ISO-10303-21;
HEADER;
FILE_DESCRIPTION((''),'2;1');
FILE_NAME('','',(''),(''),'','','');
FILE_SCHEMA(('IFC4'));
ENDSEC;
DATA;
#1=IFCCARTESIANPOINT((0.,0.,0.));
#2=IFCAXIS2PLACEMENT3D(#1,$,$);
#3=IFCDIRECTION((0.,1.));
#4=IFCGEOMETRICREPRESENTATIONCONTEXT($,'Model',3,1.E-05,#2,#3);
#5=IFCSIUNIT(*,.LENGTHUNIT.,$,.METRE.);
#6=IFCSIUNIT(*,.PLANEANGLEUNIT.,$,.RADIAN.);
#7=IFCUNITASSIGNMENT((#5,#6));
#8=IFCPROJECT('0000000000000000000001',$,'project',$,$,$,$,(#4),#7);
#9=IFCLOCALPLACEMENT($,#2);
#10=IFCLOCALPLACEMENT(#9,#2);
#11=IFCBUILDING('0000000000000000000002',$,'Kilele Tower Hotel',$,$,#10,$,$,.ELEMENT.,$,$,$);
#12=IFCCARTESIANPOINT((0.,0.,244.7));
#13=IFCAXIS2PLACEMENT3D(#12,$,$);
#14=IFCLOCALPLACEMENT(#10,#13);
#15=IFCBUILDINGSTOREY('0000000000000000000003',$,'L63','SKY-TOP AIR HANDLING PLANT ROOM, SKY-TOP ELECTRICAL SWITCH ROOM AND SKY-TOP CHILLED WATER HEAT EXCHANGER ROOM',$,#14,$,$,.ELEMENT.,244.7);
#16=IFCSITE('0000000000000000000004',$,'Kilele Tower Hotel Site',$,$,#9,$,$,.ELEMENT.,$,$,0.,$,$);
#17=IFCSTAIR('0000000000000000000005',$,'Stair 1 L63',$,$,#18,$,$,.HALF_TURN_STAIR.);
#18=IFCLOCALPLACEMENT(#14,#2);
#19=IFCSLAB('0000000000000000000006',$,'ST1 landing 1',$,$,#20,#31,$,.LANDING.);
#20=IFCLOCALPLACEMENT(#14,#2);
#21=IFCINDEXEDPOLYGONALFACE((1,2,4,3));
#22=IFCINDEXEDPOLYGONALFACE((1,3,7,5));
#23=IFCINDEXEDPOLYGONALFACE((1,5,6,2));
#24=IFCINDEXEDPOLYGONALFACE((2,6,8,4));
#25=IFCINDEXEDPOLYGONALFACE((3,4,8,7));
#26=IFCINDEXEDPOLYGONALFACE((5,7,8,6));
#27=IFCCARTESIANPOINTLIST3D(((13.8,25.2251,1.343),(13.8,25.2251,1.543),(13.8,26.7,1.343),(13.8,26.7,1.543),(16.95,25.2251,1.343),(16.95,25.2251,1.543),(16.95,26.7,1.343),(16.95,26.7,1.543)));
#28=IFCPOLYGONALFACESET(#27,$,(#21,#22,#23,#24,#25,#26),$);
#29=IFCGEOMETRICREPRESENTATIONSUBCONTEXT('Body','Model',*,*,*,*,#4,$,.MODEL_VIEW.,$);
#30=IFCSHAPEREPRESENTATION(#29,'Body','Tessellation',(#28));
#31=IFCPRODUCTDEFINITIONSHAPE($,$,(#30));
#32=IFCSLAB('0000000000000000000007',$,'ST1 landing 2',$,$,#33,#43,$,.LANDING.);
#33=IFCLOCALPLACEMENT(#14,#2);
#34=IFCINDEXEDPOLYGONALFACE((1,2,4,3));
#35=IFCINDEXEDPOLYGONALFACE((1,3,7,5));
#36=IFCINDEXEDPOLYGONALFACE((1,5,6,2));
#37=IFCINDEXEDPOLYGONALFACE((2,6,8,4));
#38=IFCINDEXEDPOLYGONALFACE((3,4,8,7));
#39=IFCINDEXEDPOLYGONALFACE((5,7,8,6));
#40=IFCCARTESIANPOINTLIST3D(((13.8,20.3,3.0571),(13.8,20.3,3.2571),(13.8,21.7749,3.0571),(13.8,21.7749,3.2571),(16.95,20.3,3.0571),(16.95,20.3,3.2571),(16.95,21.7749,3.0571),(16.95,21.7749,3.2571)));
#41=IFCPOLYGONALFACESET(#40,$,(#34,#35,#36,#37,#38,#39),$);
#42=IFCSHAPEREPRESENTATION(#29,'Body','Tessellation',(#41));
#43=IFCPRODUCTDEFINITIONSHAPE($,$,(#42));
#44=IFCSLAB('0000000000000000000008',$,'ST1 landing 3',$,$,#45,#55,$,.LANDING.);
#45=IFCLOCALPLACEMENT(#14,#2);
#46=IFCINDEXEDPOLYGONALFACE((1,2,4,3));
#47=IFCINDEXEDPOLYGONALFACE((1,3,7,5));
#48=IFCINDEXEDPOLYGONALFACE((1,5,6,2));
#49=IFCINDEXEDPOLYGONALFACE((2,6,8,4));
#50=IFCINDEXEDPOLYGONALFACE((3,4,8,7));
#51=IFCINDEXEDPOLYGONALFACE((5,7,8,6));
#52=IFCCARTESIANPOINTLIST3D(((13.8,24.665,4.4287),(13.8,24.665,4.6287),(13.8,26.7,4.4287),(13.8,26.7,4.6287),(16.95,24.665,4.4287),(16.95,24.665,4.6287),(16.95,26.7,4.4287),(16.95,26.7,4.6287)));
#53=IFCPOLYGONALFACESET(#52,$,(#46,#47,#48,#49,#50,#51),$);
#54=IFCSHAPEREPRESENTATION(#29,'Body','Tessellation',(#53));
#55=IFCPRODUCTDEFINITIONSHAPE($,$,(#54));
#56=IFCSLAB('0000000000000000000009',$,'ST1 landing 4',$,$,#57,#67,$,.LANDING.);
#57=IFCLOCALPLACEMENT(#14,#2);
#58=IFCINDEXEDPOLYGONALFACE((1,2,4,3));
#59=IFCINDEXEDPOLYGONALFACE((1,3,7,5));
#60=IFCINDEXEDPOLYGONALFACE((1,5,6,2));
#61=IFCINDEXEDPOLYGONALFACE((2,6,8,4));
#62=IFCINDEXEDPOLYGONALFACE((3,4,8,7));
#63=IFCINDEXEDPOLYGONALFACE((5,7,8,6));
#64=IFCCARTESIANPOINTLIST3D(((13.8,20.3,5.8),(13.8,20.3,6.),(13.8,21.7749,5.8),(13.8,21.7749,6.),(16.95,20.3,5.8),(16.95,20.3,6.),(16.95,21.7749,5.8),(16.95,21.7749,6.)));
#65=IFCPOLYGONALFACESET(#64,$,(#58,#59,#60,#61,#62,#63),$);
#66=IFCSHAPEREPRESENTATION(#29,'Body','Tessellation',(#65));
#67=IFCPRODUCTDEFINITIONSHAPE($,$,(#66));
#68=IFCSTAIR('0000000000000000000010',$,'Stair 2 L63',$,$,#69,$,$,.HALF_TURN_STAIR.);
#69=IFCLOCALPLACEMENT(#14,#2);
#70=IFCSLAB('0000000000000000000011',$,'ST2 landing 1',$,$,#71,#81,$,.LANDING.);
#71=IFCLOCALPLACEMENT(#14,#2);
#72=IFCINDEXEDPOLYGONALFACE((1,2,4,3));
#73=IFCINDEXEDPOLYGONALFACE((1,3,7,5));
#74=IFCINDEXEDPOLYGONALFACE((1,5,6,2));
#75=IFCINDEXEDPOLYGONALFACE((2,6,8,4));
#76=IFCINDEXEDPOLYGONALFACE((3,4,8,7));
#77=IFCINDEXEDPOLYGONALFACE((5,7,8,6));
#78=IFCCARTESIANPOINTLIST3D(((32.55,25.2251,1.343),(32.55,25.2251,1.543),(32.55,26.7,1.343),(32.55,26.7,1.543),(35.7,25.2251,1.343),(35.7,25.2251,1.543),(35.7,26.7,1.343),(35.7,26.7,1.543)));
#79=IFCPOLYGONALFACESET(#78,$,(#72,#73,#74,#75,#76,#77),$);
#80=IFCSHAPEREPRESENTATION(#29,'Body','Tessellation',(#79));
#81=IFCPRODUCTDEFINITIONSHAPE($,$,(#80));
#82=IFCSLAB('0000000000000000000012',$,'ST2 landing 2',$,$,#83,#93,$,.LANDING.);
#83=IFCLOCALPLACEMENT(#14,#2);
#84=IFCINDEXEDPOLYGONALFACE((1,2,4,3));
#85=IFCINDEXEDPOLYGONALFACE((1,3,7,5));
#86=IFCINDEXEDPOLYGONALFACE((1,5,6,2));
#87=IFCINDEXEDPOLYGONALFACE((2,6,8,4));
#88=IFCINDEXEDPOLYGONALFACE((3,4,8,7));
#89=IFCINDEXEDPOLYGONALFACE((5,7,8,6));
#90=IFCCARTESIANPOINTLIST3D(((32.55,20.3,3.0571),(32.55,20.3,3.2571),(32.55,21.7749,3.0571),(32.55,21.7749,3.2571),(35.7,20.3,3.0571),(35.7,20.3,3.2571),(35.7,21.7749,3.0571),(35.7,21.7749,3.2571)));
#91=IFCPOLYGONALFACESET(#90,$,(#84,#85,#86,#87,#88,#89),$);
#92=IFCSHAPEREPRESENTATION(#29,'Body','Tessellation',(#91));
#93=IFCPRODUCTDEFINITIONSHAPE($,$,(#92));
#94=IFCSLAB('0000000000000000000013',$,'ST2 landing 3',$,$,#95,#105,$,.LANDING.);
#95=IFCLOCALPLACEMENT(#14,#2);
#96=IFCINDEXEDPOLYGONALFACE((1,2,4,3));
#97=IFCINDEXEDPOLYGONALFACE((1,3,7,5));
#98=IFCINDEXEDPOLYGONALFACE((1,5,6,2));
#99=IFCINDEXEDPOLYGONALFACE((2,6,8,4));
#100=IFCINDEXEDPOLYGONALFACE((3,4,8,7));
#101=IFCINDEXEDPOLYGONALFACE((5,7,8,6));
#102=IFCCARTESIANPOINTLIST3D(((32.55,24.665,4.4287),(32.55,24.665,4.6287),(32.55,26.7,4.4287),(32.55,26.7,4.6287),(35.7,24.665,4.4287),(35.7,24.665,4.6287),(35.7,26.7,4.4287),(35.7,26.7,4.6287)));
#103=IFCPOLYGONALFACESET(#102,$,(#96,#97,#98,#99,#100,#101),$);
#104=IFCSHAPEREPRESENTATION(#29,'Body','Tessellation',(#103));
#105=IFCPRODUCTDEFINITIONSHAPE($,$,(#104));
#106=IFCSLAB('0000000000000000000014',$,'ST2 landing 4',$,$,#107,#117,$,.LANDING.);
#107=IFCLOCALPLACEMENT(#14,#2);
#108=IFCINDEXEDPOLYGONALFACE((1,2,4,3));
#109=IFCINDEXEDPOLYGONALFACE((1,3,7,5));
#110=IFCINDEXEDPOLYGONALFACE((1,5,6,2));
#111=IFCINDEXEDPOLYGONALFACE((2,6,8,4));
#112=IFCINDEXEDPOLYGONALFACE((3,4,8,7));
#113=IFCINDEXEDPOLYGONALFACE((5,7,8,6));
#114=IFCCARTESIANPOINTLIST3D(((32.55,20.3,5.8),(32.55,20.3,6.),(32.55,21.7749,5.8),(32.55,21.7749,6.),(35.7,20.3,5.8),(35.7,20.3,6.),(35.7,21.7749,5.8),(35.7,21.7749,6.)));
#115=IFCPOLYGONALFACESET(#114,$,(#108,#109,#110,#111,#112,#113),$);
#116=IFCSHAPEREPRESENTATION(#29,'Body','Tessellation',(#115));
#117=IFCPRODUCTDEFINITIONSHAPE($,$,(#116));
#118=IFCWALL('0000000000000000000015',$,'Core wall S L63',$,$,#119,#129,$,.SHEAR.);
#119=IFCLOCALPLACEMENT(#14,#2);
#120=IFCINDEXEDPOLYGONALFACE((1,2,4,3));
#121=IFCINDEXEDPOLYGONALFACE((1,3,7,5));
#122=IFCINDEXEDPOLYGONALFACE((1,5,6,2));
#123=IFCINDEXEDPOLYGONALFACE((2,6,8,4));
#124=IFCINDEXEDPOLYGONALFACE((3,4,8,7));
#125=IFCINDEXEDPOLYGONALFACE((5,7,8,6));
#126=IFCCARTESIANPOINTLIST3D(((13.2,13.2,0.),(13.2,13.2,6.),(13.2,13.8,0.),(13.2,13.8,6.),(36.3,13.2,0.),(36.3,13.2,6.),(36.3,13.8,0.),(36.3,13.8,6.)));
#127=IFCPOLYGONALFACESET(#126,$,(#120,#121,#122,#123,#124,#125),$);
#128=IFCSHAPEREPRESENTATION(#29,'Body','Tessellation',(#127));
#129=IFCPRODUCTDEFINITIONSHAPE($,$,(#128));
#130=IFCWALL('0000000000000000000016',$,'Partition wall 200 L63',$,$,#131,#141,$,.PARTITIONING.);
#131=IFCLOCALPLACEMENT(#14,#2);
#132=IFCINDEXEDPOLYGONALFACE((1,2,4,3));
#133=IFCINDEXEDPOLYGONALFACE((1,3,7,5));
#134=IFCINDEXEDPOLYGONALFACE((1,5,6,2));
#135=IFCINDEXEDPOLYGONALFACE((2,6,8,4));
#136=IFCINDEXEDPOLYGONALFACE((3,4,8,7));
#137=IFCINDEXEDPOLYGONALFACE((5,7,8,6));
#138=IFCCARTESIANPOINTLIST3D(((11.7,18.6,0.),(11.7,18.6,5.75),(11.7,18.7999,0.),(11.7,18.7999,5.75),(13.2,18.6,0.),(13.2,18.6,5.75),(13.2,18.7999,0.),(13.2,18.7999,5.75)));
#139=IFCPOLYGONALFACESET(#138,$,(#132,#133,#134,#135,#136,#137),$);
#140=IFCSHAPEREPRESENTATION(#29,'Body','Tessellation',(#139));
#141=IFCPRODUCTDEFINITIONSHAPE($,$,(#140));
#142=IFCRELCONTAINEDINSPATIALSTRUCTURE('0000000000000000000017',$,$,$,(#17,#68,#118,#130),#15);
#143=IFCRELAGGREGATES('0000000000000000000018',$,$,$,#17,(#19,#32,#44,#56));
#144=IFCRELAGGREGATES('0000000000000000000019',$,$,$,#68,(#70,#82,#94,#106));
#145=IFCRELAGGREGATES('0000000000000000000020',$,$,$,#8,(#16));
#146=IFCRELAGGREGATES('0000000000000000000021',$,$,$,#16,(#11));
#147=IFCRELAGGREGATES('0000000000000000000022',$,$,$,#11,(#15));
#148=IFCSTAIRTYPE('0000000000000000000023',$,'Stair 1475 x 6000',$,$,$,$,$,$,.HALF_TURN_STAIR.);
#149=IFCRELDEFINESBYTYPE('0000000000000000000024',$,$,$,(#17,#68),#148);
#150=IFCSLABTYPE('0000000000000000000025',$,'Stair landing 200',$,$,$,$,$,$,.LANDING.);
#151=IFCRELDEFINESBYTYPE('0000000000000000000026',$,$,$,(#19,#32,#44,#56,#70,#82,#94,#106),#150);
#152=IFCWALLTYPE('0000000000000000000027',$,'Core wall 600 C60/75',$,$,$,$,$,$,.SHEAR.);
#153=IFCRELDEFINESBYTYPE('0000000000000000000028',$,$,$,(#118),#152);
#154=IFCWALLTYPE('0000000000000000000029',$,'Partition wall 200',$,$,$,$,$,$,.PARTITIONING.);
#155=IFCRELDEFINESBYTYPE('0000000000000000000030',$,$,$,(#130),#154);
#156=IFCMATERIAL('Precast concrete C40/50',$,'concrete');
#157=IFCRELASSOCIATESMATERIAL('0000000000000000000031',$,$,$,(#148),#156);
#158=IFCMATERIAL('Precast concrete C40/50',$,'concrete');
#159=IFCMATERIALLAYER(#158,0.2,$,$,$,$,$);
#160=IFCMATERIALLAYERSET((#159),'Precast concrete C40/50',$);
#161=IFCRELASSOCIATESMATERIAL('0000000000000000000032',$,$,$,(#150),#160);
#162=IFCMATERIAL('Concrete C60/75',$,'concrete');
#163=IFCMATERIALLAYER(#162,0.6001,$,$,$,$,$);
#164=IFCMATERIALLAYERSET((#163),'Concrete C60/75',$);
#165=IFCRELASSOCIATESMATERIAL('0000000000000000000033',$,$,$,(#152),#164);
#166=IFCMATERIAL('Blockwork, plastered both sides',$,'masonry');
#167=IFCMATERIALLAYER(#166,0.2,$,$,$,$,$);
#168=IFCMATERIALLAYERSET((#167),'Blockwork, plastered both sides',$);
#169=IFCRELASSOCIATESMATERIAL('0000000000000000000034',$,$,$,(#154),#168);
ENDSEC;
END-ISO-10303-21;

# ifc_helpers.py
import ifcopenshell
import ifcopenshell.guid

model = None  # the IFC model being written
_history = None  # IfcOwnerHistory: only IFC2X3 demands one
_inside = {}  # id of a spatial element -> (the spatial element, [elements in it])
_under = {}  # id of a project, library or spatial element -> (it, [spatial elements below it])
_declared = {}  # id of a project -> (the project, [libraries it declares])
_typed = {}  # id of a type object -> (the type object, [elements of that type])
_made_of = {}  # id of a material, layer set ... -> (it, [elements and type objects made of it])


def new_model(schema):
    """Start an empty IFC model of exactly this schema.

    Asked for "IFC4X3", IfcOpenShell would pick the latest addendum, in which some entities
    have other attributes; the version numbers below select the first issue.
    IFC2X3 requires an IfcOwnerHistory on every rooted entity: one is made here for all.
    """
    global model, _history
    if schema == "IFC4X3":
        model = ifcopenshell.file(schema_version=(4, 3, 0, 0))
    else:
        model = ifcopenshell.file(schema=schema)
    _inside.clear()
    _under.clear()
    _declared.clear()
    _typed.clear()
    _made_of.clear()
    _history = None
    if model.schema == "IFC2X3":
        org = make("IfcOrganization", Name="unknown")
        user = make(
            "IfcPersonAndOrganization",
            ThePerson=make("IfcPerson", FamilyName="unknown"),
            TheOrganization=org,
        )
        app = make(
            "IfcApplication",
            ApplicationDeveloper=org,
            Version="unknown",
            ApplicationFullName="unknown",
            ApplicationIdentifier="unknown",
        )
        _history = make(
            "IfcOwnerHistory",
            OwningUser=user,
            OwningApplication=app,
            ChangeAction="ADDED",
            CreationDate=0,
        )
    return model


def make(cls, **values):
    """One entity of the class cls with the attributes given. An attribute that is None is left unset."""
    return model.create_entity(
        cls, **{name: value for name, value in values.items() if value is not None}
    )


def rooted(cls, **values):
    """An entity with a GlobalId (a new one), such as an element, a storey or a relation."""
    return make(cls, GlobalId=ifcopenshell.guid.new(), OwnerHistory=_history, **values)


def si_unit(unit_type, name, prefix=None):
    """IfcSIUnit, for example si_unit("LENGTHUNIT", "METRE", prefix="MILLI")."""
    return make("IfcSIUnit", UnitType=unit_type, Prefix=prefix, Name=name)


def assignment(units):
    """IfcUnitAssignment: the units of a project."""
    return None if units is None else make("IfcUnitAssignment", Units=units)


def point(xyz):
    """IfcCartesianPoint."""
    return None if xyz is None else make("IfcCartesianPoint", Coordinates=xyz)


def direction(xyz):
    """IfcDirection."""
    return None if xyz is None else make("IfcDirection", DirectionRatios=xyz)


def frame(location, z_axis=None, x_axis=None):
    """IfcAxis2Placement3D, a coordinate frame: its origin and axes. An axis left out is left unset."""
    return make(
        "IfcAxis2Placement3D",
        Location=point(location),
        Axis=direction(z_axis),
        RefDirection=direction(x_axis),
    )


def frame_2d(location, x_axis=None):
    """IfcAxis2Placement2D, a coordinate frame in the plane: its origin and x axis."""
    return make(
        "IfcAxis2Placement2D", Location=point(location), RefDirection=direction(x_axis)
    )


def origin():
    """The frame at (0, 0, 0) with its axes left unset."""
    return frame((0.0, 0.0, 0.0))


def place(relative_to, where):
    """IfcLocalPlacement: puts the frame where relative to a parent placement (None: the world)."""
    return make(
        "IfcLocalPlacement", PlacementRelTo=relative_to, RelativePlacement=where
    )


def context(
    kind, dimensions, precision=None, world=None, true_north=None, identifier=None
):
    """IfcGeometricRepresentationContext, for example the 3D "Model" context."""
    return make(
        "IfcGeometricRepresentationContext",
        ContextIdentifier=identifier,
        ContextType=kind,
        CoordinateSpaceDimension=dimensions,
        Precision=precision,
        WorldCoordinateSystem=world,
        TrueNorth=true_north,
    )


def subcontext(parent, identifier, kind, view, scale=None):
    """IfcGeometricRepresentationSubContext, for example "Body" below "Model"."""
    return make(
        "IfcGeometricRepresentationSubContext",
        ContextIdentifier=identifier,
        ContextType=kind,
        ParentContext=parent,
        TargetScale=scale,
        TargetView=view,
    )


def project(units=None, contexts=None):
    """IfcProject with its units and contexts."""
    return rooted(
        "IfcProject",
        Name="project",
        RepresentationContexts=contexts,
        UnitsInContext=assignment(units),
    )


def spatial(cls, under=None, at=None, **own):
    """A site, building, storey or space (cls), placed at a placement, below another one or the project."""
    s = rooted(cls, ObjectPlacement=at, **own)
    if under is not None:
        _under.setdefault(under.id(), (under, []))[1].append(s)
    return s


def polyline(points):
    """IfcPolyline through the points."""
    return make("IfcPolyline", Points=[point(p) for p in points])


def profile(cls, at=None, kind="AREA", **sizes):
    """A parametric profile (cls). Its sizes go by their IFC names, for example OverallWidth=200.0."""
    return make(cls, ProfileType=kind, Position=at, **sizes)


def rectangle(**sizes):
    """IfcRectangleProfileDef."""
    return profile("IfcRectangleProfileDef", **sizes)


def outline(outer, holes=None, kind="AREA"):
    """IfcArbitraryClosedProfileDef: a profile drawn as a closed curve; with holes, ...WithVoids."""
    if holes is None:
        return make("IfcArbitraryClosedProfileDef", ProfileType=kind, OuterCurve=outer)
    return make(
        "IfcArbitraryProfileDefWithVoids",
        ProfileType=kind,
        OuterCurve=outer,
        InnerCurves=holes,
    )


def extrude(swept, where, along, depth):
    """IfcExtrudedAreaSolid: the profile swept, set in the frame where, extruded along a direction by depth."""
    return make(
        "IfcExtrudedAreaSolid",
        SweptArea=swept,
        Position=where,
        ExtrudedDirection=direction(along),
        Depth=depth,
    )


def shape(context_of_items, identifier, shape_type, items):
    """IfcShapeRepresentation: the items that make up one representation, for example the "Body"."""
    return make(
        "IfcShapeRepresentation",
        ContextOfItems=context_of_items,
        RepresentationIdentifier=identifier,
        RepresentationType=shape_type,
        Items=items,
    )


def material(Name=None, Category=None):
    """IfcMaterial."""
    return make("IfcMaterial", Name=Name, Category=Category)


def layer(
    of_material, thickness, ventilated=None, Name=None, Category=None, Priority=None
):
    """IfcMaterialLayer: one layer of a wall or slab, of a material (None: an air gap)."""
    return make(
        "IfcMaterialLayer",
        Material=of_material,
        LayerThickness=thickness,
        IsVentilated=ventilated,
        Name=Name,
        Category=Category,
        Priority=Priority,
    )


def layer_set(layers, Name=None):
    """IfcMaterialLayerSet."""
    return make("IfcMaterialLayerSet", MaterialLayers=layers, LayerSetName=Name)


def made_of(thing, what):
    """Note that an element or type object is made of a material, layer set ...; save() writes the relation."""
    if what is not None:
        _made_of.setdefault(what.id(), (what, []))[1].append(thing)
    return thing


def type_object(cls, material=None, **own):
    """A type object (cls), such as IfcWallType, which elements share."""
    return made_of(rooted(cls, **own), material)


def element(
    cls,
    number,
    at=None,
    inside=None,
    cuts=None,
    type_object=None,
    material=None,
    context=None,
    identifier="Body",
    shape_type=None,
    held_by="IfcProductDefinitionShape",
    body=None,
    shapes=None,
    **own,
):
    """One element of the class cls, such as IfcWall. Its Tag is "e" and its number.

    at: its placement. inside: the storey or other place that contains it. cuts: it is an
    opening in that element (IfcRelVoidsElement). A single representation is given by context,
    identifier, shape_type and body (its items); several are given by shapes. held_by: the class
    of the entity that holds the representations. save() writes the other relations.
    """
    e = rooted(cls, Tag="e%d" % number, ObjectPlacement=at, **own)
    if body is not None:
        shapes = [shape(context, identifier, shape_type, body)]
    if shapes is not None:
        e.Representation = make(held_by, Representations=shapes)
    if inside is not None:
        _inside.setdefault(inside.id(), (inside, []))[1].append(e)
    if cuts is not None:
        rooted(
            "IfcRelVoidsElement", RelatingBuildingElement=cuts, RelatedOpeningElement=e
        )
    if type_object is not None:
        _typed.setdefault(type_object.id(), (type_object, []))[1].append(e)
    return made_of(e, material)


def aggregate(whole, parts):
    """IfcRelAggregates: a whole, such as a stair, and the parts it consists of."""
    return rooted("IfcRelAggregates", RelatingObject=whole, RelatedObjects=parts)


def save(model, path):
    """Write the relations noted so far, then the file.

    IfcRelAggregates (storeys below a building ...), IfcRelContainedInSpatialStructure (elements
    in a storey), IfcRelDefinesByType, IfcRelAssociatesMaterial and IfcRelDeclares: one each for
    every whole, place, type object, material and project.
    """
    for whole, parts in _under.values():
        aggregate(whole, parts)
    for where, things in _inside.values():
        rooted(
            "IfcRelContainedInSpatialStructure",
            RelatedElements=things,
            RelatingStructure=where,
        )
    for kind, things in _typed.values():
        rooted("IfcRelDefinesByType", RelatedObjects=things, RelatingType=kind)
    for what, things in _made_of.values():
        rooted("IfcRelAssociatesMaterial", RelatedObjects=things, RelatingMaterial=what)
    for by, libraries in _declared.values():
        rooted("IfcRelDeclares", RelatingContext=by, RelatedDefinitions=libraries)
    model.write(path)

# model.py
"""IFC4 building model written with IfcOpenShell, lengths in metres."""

from ifc_helpers import new_model, si_unit, direction, frame, frame_2d, origin, place, context, subcontext, project, spatial, polyline, rectangle, outline, extrude, material, layer, layer_set, type_object, element, aggregate, save


model = new_model("IFC4")

# Units and contexts
model_context = context("Model", 3, precision=1e-05, world=origin(), true_north=direction((0.0, 1.0)))
body_context = subcontext(model_context, "Body", "Model", "MODEL_VIEW")
ifc_project = project(units=[si_unit("LENGTHUNIT", "METRE"), si_unit("PLANEANGLEUNIT", "RADIAN")], contexts=[model_context])

# Site, building, storey
site_placement = place(None, origin())
site = spatial("IfcSite", under=ifc_project, at=site_placement, Name="Kilele Tower Hotel Site", CompositionType="ELEMENT", RefElevation=0.0)
building_placement = place(site_placement, origin())
building = spatial("IfcBuilding", under=site, at=building_placement, Name="Kilele Tower Hotel", CompositionType="ELEMENT")
storey_placement = place(building_placement, frame((0.0, 0.0, 244.7)))
storey = spatial("IfcBuildingStorey", under=building, at=storey_placement, Name="L63", Description="SKY-TOP AIR HANDLING PLANT ROOM, SKY-TOP ELECTRICAL SWITCH ROOM AND SKY-TOP CHILLED WATER HEAT EXCHANGER ROOM", CompositionType="ELEMENT", Elevation=244.7)

# Stairs, slabs
ifc_material_1 = material(Name="Precast concrete C40/50", Category="concrete")
stair_type = type_object("IfcStairType", Name="Stair 1475 x 6000", PredefinedType="HALF_TURN_STAIR", material=ifc_material_1)
stair_1_placement = place(storey_placement, origin())
stair_1 = element("IfcStair", 1, at=stair_1_placement, inside=storey, type_object=stair_type, Name="Stair 1 L63", PredefinedType="HALF_TURN_STAIR")
ifc_material_2 = material(Name="Precast concrete C40/50", Category="concrete")
ifc_layer_1 = layer(ifc_material_2, 0.2)
ifc_layer_set_1 = layer_set([ifc_layer_1], Name="Precast concrete C40/50")
slab_type_1 = type_object("IfcSlabType", Name="Stair landing 200", PredefinedType="LANDING", material=ifc_layer_set_1)
slab_1_placement = place(storey_placement, frame((0.0, 0.0, 1.343)))
slab_1 = element("IfcSlab", 2, at=slab_1_placement, type_object=slab_type_1, Name="ST1 landing 1", PredefinedType="LANDING", context=body_context, shape_type="SweptSolid", body=[
    extrude(outline(polyline([(13.8, 25.2251), (16.95, 25.2251), (16.95, 26.7), (13.8, 26.7), (13.8, 25.2251)])), origin(), (0.0, 0.0, 1.0), 0.2),
])
slab_2_placement = place(storey_placement, frame((0.0, 0.0, 3.0571)))
slab_2 = element("IfcSlab", 3, at=slab_2_placement, type_object=slab_type_1, Name="ST1 landing 2", PredefinedType="LANDING", context=body_context, shape_type="SweptSolid", body=[
    extrude(outline(polyline([(13.8, 20.3), (16.95, 20.3), (16.95, 21.7749), (13.8, 21.7749), (13.8, 20.3)])), origin(), (0.0, 0.0, 1.0), 0.2),
])
slab_3_placement = place(storey_placement, frame((0.0, 0.0, 4.4287)))
slab_3 = element("IfcSlab", 4, at=slab_3_placement, type_object=slab_type_1, Name="ST1 landing 3", PredefinedType="LANDING", context=body_context, shape_type="SweptSolid", body=[
    extrude(outline(polyline([(13.8, 24.665), (16.95, 24.665), (16.95, 26.7), (13.8, 26.7), (13.8, 24.665)])), origin(), (0.0, 0.0, 1.0), 0.2),
])
slab_4_placement = place(storey_placement, frame((0.0, 0.0, 5.8)))
slab_4 = element("IfcSlab", 5, at=slab_4_placement, type_object=slab_type_1, Name="ST1 landing 4", PredefinedType="LANDING", context=body_context, shape_type="SweptSolid", body=[
    extrude(outline(polyline([(13.8, 20.3), (16.95, 20.3), (16.95, 21.7749), (13.8, 21.7749), (13.8, 20.3)])), origin(), (0.0, 0.0, 1.0), 0.2),
])
aggregate(stair_1, [slab_1, slab_2, slab_3, slab_4])
stair_2_placement = place(storey_placement, origin())
stair_2 = element("IfcStair", 6, at=stair_2_placement, inside=storey, type_object=stair_type, Name="Stair 2 L63", PredefinedType="HALF_TURN_STAIR")
slab_5_placement = place(storey_placement, frame((0.0, 0.0, 1.343)))
slab_5 = element("IfcSlab", 7, at=slab_5_placement, type_object=slab_type_1, Name="ST2 landing 1", PredefinedType="LANDING", context=body_context, shape_type="SweptSolid", body=[
    extrude(outline(polyline([(32.55, 25.2251), (35.7, 25.2251), (35.7, 26.7), (32.55, 26.7), (32.55, 25.2251)])), origin(), (0.0, 0.0, 1.0), 0.2),
])
slab_6_placement = place(storey_placement, frame((0.0, 0.0, 3.0571)))
slab_6 = element("IfcSlab", 8, at=slab_6_placement, type_object=slab_type_1, Name="ST2 landing 2", PredefinedType="LANDING", context=body_context, shape_type="SweptSolid", body=[
    extrude(outline(polyline([(32.55, 20.3), (35.7, 20.3), (35.7, 21.7749), (32.55, 21.7749), (32.55, 20.3)])), origin(), (0.0, 0.0, 1.0), 0.2),
])
slab_7_placement = place(storey_placement, frame((0.0, 0.0, 4.4287)))
slab_7 = element("IfcSlab", 9, at=slab_7_placement, type_object=slab_type_1, Name="ST2 landing 3", PredefinedType="LANDING", context=body_context, shape_type="SweptSolid", body=[
    extrude(outline(polyline([(32.55, 24.665), (35.7, 24.665), (35.7, 26.7), (32.55, 26.7), (32.55, 24.665)])), origin(), (0.0, 0.0, 1.0), 0.2),
])
slab_8_placement = place(storey_placement, frame((0.0, 0.0, 5.8)))
slab_8 = element("IfcSlab", 10, at=slab_8_placement, type_object=slab_type_1, Name="ST2 landing 4", PredefinedType="LANDING", context=body_context, shape_type="SweptSolid", body=[
    extrude(outline(polyline([(32.55, 20.3), (35.7, 20.3), (35.7, 21.7749), (32.55, 21.7749), (32.55, 20.3)])), origin(), (0.0, 0.0, 1.0), 0.2),
])
aggregate(stair_2, [slab_5, slab_6, slab_7, slab_8])

# Walls
ifc_material_3 = material(Name="Concrete C60/75", Category="concrete")
ifc_layer_2 = layer(ifc_material_3, 0.6001)
ifc_layer_set_2 = layer_set([ifc_layer_2], Name="Concrete C60/75")
wall_type_1 = type_object("IfcWallType", Name="Core wall 600 C60/75", PredefinedType="SHEAR", material=ifc_layer_set_2)
wall_1_placement = place(storey_placement, frame((13.2, 13.5, 0.0), z_axis=(0.0, 0.0, 1.0), x_axis=(1.0, 0.0, 0.0)))
element("IfcWall", 11, at=wall_1_placement, inside=storey, type_object=wall_type_1, Name="Core wall S L63", PredefinedType="SHEAR", context=body_context, shape_type="SweptSolid", body=[
    extrude(rectangle(XDim=23.1001, YDim=0.6001, at=frame_2d((11.55, 0.0))), origin(), (0.0, 0.0, 1.0), 6.0),
])
ifc_material_4 = material(Name="Blockwork, plastered both sides", Category="masonry")
ifc_layer_3 = layer(ifc_material_4, 0.2)
ifc_layer_set_3 = layer_set([ifc_layer_3], Name="Blockwork, plastered both sides")
wall_type_2 = type_object("IfcWallType", Name="Partition wall 200", PredefinedType="PARTITIONING", material=ifc_layer_set_3)
wall_2_placement = place(storey_placement, frame((13.2, 18.7, 0.0), z_axis=(0.0, 0.0, 1.0), x_axis=(-1.0, 0.0, 0.0)))
element("IfcWall", 12, at=wall_2_placement, inside=storey, type_object=wall_type_2, Name="Partition wall 200 L63", PredefinedType="PARTITIONING", context=body_context, shape_type="SweptSolid", body=[
    extrude(rectangle(XDim=1.5, YDim=0.2, at=frame_2d((0.75, 0.0))), origin(), (0.0, 0.0, 1.0), 5.75),
])

save(model, "model.ifc")
